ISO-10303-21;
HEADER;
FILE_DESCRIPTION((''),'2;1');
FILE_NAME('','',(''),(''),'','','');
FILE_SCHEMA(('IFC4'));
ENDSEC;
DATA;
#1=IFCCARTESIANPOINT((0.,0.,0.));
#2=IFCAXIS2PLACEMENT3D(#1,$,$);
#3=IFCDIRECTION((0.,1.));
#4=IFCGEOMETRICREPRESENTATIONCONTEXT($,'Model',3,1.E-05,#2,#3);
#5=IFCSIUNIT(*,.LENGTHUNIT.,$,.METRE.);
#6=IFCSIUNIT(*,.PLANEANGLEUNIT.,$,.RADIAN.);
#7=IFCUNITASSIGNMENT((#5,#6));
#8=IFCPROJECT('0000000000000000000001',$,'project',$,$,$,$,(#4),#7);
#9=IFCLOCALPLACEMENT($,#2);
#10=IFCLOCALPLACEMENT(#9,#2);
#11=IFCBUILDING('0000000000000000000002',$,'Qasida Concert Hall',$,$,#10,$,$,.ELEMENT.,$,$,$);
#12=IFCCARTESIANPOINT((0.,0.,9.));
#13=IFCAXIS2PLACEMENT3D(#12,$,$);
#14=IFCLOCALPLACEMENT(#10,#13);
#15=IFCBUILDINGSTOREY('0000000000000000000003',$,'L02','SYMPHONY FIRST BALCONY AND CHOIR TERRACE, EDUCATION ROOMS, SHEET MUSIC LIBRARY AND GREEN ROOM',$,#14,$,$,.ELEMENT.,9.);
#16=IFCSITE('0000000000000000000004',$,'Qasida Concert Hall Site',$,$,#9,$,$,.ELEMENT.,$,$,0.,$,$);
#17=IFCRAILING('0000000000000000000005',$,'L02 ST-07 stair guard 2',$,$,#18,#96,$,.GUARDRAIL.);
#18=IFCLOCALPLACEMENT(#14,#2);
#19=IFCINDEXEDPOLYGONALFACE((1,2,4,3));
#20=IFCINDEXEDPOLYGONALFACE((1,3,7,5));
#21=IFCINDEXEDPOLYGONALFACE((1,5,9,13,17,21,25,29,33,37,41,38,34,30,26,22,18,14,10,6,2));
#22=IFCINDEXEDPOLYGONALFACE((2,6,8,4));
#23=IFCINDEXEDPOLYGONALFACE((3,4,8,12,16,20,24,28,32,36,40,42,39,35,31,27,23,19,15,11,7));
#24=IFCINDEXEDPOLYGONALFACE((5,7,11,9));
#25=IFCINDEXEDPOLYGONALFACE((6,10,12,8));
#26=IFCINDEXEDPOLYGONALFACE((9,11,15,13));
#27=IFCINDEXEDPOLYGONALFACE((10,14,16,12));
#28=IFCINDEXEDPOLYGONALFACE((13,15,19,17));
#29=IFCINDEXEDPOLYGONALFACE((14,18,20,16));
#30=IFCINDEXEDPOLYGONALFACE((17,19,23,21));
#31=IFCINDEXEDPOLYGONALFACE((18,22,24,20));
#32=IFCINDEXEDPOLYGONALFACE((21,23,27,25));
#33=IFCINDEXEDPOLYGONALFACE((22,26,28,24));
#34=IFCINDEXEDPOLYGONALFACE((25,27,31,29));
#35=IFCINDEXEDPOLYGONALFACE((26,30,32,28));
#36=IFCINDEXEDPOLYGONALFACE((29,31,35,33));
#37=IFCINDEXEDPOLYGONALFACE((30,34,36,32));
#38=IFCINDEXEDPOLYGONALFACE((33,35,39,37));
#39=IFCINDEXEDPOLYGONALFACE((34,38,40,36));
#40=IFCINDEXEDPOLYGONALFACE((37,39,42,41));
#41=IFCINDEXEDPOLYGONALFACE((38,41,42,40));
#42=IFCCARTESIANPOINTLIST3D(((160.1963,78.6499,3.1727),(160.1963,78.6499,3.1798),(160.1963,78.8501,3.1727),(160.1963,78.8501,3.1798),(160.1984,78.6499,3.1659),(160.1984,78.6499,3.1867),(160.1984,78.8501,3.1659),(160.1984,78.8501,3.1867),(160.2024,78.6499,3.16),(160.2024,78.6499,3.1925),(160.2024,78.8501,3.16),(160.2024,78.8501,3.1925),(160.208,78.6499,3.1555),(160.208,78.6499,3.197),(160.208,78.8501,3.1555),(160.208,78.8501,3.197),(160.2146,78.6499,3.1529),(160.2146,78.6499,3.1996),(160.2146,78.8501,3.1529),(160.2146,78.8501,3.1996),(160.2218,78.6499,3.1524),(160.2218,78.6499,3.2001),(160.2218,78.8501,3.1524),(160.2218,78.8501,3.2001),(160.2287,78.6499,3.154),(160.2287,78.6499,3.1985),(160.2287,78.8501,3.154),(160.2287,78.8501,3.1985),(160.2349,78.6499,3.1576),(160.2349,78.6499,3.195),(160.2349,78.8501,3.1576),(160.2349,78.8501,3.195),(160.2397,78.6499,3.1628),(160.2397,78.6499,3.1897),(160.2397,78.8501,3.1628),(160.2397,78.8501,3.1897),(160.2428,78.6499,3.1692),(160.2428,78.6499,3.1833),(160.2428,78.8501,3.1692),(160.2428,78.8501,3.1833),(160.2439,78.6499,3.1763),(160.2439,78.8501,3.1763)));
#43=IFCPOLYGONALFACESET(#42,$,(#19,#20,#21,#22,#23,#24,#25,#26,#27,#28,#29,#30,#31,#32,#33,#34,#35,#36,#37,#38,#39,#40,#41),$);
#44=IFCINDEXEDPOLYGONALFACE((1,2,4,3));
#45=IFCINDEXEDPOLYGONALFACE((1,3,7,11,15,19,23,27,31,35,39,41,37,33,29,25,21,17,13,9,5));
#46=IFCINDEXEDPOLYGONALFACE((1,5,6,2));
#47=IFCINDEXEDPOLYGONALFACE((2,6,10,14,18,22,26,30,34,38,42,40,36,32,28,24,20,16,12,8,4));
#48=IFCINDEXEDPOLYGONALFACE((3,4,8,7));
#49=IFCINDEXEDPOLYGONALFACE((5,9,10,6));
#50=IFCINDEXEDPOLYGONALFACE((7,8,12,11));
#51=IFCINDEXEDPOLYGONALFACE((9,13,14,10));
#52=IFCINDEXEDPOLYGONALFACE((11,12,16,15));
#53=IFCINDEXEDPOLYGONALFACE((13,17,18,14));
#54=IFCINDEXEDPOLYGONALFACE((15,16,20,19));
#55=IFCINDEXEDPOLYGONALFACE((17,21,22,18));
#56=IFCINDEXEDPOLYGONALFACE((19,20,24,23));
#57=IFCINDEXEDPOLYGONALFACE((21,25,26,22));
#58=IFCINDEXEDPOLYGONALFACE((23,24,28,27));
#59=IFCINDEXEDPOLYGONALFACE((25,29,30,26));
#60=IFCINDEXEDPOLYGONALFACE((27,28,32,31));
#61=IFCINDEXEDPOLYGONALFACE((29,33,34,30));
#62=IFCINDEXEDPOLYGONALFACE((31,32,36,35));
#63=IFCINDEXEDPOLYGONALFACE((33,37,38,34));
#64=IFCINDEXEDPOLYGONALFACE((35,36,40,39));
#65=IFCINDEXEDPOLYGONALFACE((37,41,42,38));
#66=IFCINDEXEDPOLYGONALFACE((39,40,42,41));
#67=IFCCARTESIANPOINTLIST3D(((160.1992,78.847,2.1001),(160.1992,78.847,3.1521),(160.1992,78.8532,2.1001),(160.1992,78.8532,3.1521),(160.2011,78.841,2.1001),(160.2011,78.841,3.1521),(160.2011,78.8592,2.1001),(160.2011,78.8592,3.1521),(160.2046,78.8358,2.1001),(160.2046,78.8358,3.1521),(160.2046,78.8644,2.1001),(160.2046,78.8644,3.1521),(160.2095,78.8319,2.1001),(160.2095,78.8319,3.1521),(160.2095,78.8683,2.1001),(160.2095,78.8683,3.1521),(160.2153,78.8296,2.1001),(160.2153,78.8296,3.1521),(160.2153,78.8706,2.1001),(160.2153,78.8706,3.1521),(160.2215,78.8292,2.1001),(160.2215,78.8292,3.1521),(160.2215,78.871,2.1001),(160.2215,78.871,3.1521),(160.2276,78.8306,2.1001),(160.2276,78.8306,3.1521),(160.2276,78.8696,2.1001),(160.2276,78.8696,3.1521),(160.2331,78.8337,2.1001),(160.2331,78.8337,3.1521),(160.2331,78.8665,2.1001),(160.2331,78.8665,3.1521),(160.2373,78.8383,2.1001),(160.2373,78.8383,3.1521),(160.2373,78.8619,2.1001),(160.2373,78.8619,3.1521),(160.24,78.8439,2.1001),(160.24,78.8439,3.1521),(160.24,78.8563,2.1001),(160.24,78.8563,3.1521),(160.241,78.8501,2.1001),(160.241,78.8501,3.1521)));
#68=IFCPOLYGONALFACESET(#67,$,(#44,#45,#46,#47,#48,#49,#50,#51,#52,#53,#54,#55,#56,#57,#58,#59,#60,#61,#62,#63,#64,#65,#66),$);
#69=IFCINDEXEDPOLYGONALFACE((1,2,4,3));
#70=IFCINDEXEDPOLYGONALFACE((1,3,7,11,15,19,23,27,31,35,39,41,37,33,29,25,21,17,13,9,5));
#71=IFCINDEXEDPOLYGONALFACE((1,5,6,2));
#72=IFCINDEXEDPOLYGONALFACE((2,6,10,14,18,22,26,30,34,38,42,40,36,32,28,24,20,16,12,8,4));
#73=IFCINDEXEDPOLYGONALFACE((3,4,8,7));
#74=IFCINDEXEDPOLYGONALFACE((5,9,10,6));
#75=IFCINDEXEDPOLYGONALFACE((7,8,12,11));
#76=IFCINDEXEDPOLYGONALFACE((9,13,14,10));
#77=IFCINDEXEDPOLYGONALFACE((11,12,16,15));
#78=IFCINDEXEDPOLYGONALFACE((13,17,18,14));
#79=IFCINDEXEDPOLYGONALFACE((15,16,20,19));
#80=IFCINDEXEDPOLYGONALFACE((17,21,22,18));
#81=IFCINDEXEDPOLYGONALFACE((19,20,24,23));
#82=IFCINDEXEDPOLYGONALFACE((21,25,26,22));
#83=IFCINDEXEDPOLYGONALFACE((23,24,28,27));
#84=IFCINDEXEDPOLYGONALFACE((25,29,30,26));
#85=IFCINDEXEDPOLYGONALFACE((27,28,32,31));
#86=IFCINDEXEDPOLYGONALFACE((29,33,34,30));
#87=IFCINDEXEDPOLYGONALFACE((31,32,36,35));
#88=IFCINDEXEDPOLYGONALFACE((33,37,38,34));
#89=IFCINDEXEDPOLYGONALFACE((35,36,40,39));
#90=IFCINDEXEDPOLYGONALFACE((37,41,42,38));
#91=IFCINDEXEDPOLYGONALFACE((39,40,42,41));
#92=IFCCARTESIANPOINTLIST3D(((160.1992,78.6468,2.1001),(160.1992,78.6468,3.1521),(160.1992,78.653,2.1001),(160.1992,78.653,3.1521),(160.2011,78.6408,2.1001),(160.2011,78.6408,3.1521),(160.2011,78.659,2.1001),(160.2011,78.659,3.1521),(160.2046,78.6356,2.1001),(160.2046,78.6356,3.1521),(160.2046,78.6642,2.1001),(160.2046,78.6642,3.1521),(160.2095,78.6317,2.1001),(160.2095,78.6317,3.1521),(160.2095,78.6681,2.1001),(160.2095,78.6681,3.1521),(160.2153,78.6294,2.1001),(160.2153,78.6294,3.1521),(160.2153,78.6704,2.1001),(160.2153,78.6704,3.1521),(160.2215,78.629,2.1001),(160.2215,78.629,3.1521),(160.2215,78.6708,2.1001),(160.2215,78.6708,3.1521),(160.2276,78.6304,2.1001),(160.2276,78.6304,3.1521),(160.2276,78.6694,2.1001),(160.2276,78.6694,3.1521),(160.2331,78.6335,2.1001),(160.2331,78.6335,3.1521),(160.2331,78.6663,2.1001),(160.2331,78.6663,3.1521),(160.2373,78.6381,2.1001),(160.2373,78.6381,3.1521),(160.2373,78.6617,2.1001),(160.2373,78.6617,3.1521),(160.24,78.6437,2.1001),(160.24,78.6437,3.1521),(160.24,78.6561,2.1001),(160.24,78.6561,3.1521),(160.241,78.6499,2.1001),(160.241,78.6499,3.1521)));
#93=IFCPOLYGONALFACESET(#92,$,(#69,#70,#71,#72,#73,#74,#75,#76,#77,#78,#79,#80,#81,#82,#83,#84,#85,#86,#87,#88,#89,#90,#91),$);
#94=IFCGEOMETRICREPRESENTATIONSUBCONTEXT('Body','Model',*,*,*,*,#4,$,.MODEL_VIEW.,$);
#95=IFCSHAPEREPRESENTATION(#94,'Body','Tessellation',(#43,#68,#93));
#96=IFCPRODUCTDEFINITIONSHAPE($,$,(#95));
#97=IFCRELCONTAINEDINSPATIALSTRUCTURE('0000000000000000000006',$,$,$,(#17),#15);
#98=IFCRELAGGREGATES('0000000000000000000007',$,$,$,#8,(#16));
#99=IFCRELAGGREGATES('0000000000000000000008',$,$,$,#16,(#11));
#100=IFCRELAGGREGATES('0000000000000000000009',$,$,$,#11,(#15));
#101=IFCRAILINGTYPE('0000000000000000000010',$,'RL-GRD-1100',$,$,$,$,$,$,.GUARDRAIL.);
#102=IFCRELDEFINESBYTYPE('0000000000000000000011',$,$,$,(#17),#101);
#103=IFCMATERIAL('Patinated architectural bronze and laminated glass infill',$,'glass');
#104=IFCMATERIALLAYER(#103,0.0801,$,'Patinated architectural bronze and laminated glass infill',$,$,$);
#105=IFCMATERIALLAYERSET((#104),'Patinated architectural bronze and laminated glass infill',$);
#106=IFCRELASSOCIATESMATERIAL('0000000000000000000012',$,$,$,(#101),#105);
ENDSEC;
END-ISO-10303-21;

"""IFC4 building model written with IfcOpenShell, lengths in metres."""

from ifc_helpers import new_model, si_unit, direction, frame, origin, origin_2d, place, context, subcontext, project, spatial, circle, extrude, material, layer, layer_set, type_object, element, save


model = new_model("IFC4")

# Units and contexts
model_context = context("Model", 3, precision=1e-05, world=origin(), true_north=direction((0.0, 1.0)))
body_context = subcontext(model_context, "Body", "Model", "MODEL_VIEW")
ifc_project = project(units=[si_unit("LENGTHUNIT", "METRE"), si_unit("PLANEANGLEUNIT", "RADIAN")], contexts=[model_context])

# Site, building, storey
site_placement = place(None, origin())
site = spatial("IfcSite", under=ifc_project, at=site_placement, Name="Qasida Concert Hall Site", CompositionType="ELEMENT", RefElevation=0.0)
building_placement = place(site_placement, origin())
building = spatial("IfcBuilding", under=site, at=building_placement, Name="Qasida Concert Hall", CompositionType="ELEMENT")
storey_placement = place(building_placement, frame((0.0, 0.0, 9.0)))
storey = spatial("IfcBuildingStorey", under=building, at=storey_placement, Name="L02", Description="SYMPHONY FIRST BALCONY AND CHOIR TERRACE, EDUCATION ROOMS, SHEET MUSIC LIBRARY AND GREEN ROOM", CompositionType="ELEMENT", Elevation=9.0)

# Railing
ifc_material_1 = material(Name="Patinated architectural bronze and laminated glass infill", Category="glass")
ifc_layer_1 = layer(ifc_material_1, 0.0801, Name="Patinated architectural bronze and laminated glass infill")
ifc_layer_set_1 = layer_set([ifc_layer_1], Name="Patinated architectural bronze and laminated glass infill")
railing_type_1 = type_object("IfcRailingType", Name="RL-GRD-1100", PredefinedType="GUARDRAIL", material=ifc_layer_set_1)
railing_1_placement = place(storey_placement, frame((160.22, 78.8501, 2.1001)))
element("IfcRailing", 1, at=railing_1_placement, inside=storey, type_object=railing_type_1, Name="L02 ST-07 stair guard 2", PredefinedType="GUARDRAIL", context=body_context, shape_type="SweptSolid", body=[
    extrude(circle(Radius=0.0239, at=origin_2d()), frame((0.0, 0.0, 1.0762), z_axis=(0.0, -1.0, 0.0), x_axis=(1.0, 0.0, 0.0)), (0.0, 0.0, 1.0), 0.2002),
    extrude(circle(Radius=0.021, at=origin_2d()), origin(), (0.0, 0.0, 1.0), 1.052),
    extrude(circle(Radius=0.021, at=origin_2d()), frame((0.0, -0.2002, 0.0)), (0.0, 0.0, 1.0), 1.052),
])

save(model, "model.ifc")
